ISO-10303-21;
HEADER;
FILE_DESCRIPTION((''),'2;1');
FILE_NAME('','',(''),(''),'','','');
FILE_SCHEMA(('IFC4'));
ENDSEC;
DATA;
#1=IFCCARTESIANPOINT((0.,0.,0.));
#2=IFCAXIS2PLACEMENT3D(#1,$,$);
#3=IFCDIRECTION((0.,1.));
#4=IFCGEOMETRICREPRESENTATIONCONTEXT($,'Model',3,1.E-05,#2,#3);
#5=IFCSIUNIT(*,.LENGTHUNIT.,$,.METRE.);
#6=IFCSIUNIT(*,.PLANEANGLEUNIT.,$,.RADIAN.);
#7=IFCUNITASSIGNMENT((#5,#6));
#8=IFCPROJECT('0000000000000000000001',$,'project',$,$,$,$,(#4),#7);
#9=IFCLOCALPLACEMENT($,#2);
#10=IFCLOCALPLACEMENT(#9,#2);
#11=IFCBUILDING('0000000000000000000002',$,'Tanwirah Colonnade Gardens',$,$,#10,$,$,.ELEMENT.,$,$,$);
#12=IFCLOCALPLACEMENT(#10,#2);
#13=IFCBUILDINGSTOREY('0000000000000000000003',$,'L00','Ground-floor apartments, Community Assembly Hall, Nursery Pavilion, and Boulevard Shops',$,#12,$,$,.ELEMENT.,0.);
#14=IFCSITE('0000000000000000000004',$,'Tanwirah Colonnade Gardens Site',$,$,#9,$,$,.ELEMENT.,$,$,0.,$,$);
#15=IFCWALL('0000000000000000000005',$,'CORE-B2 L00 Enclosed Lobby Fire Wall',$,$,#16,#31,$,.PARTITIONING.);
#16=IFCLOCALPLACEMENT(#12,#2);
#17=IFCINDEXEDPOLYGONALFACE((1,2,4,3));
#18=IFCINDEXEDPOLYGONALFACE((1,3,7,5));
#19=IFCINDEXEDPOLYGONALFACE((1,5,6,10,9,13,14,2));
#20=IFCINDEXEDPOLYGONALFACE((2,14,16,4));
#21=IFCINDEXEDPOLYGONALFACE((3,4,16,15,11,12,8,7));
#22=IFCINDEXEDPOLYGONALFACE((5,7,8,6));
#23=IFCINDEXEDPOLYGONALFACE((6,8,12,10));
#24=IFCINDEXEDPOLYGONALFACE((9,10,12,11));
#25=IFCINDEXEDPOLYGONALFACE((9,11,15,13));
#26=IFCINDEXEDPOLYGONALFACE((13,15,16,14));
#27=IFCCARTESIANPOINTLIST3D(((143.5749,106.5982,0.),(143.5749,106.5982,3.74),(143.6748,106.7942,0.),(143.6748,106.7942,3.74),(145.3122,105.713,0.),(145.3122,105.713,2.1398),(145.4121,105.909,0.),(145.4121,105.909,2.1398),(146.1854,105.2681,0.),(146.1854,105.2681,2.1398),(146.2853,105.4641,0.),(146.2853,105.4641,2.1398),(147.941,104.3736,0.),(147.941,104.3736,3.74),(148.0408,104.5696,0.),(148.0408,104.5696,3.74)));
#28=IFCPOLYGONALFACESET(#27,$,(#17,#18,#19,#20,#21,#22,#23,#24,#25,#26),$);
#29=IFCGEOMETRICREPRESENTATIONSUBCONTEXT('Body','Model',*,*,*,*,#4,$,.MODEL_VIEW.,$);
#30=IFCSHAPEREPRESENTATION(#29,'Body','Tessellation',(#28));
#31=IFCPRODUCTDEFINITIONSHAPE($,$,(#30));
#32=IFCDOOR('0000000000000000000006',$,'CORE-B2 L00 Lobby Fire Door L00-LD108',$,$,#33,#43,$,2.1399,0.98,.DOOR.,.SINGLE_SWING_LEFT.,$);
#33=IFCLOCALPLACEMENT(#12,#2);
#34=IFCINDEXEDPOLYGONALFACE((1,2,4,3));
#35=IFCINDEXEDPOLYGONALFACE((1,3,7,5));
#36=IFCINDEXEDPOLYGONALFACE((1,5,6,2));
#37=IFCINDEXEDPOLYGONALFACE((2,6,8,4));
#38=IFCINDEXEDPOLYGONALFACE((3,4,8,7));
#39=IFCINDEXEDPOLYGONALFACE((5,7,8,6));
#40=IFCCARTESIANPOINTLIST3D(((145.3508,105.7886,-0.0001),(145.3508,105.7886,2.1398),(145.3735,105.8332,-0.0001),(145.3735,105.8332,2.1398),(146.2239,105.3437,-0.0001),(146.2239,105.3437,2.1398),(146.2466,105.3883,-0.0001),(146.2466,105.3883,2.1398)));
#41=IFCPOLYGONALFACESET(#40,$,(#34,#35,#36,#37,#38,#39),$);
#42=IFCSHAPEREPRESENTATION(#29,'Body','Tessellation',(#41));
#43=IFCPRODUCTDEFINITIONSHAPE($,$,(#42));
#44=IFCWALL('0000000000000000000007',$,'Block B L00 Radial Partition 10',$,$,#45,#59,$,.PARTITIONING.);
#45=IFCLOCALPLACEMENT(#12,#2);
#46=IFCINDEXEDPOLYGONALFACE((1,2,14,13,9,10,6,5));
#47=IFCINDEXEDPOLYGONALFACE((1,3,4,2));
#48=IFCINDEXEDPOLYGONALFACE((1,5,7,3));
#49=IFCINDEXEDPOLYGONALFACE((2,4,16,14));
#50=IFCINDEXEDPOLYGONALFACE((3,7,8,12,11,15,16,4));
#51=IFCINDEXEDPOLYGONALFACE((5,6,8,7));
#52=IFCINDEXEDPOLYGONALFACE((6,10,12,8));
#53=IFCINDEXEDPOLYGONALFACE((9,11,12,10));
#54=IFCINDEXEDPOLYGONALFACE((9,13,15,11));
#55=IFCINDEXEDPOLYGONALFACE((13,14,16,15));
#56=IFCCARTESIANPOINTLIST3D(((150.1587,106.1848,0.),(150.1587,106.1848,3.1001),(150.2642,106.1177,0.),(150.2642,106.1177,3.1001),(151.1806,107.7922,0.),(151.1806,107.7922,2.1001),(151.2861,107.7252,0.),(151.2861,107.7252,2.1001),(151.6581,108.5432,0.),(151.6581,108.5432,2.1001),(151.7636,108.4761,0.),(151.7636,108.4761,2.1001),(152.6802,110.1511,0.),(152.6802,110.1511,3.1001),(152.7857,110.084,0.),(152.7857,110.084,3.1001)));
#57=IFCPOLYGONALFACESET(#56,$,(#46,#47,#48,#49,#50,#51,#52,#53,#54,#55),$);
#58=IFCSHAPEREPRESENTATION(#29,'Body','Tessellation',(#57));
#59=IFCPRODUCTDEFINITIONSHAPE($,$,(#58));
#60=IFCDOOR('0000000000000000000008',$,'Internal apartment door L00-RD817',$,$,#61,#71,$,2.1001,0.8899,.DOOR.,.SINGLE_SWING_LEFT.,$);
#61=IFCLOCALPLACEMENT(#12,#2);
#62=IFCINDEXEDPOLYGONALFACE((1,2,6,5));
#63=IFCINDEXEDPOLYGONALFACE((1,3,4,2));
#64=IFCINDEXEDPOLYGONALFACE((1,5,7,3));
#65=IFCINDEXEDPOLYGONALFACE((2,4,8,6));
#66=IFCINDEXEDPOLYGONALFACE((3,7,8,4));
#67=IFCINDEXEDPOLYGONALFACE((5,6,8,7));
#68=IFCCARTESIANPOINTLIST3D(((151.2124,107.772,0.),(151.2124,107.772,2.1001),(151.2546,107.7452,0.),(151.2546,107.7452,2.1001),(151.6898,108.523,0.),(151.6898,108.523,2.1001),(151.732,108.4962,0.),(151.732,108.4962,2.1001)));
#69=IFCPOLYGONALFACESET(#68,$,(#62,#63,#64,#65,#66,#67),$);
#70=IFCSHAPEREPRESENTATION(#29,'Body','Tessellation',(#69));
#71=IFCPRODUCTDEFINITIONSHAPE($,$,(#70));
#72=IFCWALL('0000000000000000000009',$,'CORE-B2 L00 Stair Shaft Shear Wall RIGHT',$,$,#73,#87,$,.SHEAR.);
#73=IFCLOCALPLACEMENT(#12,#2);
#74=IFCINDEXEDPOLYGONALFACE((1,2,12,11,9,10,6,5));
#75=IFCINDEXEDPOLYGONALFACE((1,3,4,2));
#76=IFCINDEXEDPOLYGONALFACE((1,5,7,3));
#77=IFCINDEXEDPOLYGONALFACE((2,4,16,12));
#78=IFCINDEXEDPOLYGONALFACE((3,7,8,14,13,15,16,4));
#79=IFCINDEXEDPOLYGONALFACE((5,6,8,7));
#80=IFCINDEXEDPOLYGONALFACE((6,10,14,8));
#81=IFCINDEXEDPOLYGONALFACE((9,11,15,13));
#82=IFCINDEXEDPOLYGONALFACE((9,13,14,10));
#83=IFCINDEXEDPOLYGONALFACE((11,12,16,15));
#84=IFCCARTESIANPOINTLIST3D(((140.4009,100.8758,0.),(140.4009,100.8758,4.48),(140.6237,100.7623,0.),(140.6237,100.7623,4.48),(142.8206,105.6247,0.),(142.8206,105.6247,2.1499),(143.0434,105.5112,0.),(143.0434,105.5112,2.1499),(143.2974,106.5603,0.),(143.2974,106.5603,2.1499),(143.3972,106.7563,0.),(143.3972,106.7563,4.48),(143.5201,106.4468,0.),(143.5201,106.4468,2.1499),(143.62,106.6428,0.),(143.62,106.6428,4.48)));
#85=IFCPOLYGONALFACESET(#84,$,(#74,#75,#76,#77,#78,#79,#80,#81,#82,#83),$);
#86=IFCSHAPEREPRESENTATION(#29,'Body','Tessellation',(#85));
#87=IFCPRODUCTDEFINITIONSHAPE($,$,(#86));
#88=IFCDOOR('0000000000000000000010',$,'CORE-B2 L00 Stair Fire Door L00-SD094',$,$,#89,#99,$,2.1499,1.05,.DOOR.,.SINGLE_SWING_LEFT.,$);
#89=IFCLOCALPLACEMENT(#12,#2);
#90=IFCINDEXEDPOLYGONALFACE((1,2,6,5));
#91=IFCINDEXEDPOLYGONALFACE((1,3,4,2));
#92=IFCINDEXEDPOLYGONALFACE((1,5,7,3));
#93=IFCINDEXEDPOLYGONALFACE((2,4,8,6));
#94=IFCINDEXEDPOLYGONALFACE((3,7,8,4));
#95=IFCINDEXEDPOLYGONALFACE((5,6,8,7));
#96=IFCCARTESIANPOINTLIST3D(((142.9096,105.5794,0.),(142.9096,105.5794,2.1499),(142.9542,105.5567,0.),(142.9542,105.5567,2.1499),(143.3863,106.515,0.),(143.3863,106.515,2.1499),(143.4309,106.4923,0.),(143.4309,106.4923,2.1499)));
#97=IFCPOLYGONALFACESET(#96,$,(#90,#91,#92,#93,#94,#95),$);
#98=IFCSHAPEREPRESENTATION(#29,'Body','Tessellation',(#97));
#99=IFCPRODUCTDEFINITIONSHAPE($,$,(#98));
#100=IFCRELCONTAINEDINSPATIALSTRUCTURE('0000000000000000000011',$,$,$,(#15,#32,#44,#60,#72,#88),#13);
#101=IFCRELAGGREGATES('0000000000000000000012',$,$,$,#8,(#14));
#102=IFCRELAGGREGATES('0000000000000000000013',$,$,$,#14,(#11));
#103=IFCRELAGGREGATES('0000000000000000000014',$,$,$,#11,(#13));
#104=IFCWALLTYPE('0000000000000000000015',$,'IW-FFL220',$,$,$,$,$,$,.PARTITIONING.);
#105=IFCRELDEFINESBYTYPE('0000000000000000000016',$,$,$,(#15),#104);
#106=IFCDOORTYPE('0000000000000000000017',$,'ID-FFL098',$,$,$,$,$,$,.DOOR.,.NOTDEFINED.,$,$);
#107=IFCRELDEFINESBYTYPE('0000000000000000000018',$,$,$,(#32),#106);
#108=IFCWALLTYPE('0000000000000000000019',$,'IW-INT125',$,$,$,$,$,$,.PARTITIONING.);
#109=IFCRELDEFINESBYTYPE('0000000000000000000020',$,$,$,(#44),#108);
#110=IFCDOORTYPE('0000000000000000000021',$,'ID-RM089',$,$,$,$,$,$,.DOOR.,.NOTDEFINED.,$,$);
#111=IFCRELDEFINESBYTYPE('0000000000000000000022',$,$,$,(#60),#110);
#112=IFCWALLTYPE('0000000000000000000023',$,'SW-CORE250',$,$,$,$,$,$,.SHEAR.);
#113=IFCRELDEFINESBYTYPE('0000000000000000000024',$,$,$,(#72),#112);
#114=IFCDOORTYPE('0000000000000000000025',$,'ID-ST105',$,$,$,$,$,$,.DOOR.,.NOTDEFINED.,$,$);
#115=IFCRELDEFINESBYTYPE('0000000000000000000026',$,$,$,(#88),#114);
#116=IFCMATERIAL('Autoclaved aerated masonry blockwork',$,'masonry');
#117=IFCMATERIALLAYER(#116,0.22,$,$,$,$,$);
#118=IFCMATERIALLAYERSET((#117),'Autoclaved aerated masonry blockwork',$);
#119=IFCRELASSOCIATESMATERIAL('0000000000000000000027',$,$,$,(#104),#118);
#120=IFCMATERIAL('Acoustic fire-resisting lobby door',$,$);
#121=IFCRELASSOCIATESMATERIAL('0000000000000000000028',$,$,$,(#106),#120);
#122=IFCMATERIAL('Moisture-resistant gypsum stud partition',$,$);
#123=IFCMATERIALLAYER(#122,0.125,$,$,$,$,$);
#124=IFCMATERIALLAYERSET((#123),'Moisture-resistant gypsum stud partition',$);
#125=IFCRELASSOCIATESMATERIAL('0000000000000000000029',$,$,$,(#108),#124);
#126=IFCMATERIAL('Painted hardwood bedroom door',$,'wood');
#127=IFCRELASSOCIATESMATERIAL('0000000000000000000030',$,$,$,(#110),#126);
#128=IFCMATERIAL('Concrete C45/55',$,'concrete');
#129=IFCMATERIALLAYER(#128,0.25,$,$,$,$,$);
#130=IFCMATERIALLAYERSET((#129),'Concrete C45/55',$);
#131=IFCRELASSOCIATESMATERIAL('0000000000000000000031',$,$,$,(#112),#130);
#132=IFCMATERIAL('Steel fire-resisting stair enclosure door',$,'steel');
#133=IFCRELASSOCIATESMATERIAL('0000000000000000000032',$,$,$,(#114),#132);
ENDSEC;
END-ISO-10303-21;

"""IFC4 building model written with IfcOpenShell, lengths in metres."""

from ifc_helpers import new_model, si_unit, direction, frame, frame_2d, origin, place, context, subcontext, project, spatial, rectangle, extrude, material, layer, layer_set, type_object, element, fill, save


model = new_model("IFC4")

# Units and contexts
model_context = context("Model", 3, precision=1e-05, world=origin(), true_north=direction((0.0, 1.0)))
body_context = subcontext(model_context, "Body", "Model", "MODEL_VIEW")
ifc_project = project(units=[si_unit("LENGTHUNIT", "METRE"), si_unit("PLANEANGLEUNIT", "RADIAN")], contexts=[model_context])

# Site, building, storey
site_placement = place(None, origin())
site = spatial("IfcSite", under=ifc_project, at=site_placement, Name="Tanwirah Colonnade Gardens Site", CompositionType="ELEMENT", RefElevation=0.0)
building_placement = place(site_placement, origin())
building = spatial("IfcBuilding", under=site, at=building_placement, Name="Tanwirah Colonnade Gardens", CompositionType="ELEMENT")
storey_placement = place(building_placement, origin())
storey = spatial("IfcBuildingStorey", under=building, at=storey_placement, Name="L00", Description="Ground-floor apartments, Community Assembly Hall, Nursery Pavilion, and Boulevard Shops", CompositionType="ELEMENT", Elevation=0.0)

# Walls, openings, doors
ifc_material_1 = material(Name="Autoclaved aerated masonry blockwork", Category="masonry")
ifc_layer_1 = layer(ifc_material_1, 0.22)
ifc_layer_set_1 = layer_set([ifc_layer_1], Name="Autoclaved aerated masonry blockwork")
wall_type_1 = type_object("IfcWallType", Name="IW-FFL220", PredefinedType="PARTITIONING", material=ifc_layer_set_1)
wall_1_placement = place(storey_placement, frame((143.6248, 106.6963, 0.0), z_axis=(0.0, 0.0, 1.0), x_axis=(0.891003, -0.453997, 0.0)))
wall_1 = element("IfcWall", 1, at=wall_1_placement, inside=storey, type_object=wall_type_1, Name="CORE-B2 L00 Enclosed Lobby Fire Wall", PredefinedType="PARTITIONING", context=body_context, shape_type="SweptSolid", body=[
    extrude(rectangle(XDim=4.9001, YDim=0.22, at=frame_2d((2.4502, 0.0))), origin(), (0.0, 0.0, 1.0), 3.74),
])
opening_1_placement = place(wall_1_placement, frame((1.95, 0.0, 0.0)))
opening_1 = element("IfcOpeningElement", 2, at=opening_1_placement, cuts=wall_1, PredefinedType="OPENING", context=body_context, shape_type="SweptSolid", body=[
    extrude(rectangle(XDim=0.98, YDim=2.1399, at=frame_2d((0.49, 1.0698))), frame((0.0, 0.1199, 0.0), z_axis=(0.0, -1.0, 0.0), x_axis=(1.0, 0.0, 0.0)), (0.0, 0.0, 1.0), 0.24),
])
ifc_material_2 = material(Name="Acoustic fire-resisting lobby door")
door_type_1 = type_object("IfcDoorType", Name="ID-FFL098", OperationType="NOTDEFINED", PredefinedType="DOOR", material=ifc_material_2)
door_1_placement = place(opening_1_placement, origin())
door_1 = element("IfcDoor", 3, at=door_1_placement, inside=storey, type_object=door_type_1, Name="CORE-B2 L00 Lobby Fire Door L00-LD108", OperationType="SINGLE_SWING_LEFT", OverallHeight=2.1399, OverallWidth=0.98, PredefinedType="DOOR", context=body_context, shape_type="SweptSolid", body=[
    extrude(rectangle(XDim=0.98, YDim=2.1399, at=frame_2d((0.49, 1.0698))), frame((0.0, 0.0249, 0.0), z_axis=(0.0, -1.0, 0.0), x_axis=(1.0, 0.0, 0.0)), (0.0, 0.0, 1.0), 0.05),
])
fill(opening_1, door_1)
ifc_material_3 = material(Name="Moisture-resistant gypsum stud partition")
ifc_layer_2 = layer(ifc_material_3, 0.125)
ifc_layer_set_2 = layer_set([ifc_layer_2], Name="Moisture-resistant gypsum stud partition")
wall_type_2 = type_object("IfcWallType", Name="IW-INT125", PredefinedType="PARTITIONING", material=ifc_layer_set_2)
wall_2_placement = place(storey_placement, frame((150.2114, 106.1511, 0.0), z_axis=(0.0, 0.0, 1.0), x_axis=(0.536492, 0.843905, 0.0)))
wall_2 = element("IfcWall", 4, at=wall_2_placement, inside=storey, type_object=wall_type_2, Name="Block B L00 Radial Partition 10", PredefinedType="PARTITIONING", context=body_context, shape_type="SweptSolid", body=[
    extrude(rectangle(XDim=4.7, YDim=0.125, at=frame_2d((2.3501, 0.0))), origin(), (0.0, 0.0, 1.0), 3.1001),
])
opening_2_placement = place(wall_2_placement, frame((1.905, 0.0, 0.0)))
opening_2 = element("IfcOpeningElement", 5, at=opening_2_placement, cuts=wall_2, PredefinedType="OPENING", context=body_context, shape_type="SweptSolid", body=[
    extrude(rectangle(XDim=0.8899, YDim=2.1001, at=frame_2d((0.4448, 1.05))), frame((0.0, 0.0725, 0.0), z_axis=(0.0, -1.0, 0.0), x_axis=(1.0, 0.0, 0.0)), (0.0, 0.0, 1.0), 0.145),
])
ifc_material_4 = material(Name="Painted hardwood bedroom door", Category="wood")
door_type_2 = type_object("IfcDoorType", Name="ID-RM089", OperationType="NOTDEFINED", PredefinedType="DOOR", material=ifc_material_4)
door_2_placement = place(opening_2_placement, origin())
door_2 = element("IfcDoor", 6, at=door_2_placement, inside=storey, type_object=door_type_2, Name="Internal apartment door L00-RD817", OperationType="SINGLE_SWING_LEFT", OverallHeight=2.1001, OverallWidth=0.8899, PredefinedType="DOOR", context=body_context, shape_type="SweptSolid", body=[
    extrude(rectangle(XDim=0.8899, YDim=2.1001, at=frame_2d((0.4448, 1.05))), frame((0.0, 0.0249, 0.0), z_axis=(0.0, -1.0, 0.0), x_axis=(1.0, 0.0, 0.0)), (0.0, 0.0, 1.0), 0.05),
])
fill(opening_2, door_2)
ifc_material_5 = material(Name="Concrete C45/55", Category="concrete")
ifc_layer_3 = layer(ifc_material_5, 0.25)
ifc_layer_set_3 = layer_set([ifc_layer_3], Name="Concrete C45/55")
wall_type_3 = type_object("IfcWallType", Name="SW-CORE250", PredefinedType="SHEAR", material=ifc_layer_set_3)
wall_3_placement = place(storey_placement, frame((143.5085, 106.6995, 0.0), z_axis=(0.0, 0.0, 1.0), x_axis=(-0.453992, -0.891006, 0.0)))
wall_3 = element("IfcWall", 7, at=wall_3_placement, inside=storey, type_object=wall_type_3, Name="CORE-B2 L00 Stair Shaft Shear Wall RIGHT", PredefinedType="SHEAR", context=body_context, shape_type="SweptSolid", body=[
    extrude(rectangle(XDim=6.5999, YDim=0.25, at=frame_2d((3.2998, 0.0))), origin(), (0.0, 0.0, 1.0), 4.48),
])
opening_3_placement = place(wall_3_placement, frame((0.22, 0.0, 0.0)))
opening_3 = element("IfcOpeningElement", 8, at=opening_3_placement, cuts=wall_3, PredefinedType="OPENING", context=body_context, shape_type="SweptSolid", body=[
    extrude(rectangle(XDim=1.05, YDim=2.1499, at=frame_2d((0.5249, 1.075))), frame((0.0, 0.135, 0.0), z_axis=(0.0, -1.0, 0.0), x_axis=(1.0, 0.0, 0.0)), (0.0, 0.0, 1.0), 0.27),
])
ifc_material_6 = material(Name="Steel fire-resisting stair enclosure door", Category="steel")
door_type_3 = type_object("IfcDoorType", Name="ID-ST105", OperationType="NOTDEFINED", PredefinedType="DOOR", material=ifc_material_6)
door_3_placement = place(opening_3_placement, origin())
door_3 = element("IfcDoor", 9, at=door_3_placement, inside=storey, type_object=door_type_3, Name="CORE-B2 L00 Stair Fire Door L00-SD094", OperationType="SINGLE_SWING_LEFT", OverallHeight=2.1499, OverallWidth=1.05, PredefinedType="DOOR", context=body_context, shape_type="SweptSolid", body=[
    extrude(rectangle(XDim=1.05, YDim=2.1499, at=frame_2d((0.5249, 1.075))), frame((0.0, 0.0249, 0.0), z_axis=(0.0, -1.0, 0.0), x_axis=(1.0, 0.0, 0.0)), (0.0, 0.0, 1.0), 0.05),
])
fill(opening_3, door_3)

save(model, "model.ifc")
